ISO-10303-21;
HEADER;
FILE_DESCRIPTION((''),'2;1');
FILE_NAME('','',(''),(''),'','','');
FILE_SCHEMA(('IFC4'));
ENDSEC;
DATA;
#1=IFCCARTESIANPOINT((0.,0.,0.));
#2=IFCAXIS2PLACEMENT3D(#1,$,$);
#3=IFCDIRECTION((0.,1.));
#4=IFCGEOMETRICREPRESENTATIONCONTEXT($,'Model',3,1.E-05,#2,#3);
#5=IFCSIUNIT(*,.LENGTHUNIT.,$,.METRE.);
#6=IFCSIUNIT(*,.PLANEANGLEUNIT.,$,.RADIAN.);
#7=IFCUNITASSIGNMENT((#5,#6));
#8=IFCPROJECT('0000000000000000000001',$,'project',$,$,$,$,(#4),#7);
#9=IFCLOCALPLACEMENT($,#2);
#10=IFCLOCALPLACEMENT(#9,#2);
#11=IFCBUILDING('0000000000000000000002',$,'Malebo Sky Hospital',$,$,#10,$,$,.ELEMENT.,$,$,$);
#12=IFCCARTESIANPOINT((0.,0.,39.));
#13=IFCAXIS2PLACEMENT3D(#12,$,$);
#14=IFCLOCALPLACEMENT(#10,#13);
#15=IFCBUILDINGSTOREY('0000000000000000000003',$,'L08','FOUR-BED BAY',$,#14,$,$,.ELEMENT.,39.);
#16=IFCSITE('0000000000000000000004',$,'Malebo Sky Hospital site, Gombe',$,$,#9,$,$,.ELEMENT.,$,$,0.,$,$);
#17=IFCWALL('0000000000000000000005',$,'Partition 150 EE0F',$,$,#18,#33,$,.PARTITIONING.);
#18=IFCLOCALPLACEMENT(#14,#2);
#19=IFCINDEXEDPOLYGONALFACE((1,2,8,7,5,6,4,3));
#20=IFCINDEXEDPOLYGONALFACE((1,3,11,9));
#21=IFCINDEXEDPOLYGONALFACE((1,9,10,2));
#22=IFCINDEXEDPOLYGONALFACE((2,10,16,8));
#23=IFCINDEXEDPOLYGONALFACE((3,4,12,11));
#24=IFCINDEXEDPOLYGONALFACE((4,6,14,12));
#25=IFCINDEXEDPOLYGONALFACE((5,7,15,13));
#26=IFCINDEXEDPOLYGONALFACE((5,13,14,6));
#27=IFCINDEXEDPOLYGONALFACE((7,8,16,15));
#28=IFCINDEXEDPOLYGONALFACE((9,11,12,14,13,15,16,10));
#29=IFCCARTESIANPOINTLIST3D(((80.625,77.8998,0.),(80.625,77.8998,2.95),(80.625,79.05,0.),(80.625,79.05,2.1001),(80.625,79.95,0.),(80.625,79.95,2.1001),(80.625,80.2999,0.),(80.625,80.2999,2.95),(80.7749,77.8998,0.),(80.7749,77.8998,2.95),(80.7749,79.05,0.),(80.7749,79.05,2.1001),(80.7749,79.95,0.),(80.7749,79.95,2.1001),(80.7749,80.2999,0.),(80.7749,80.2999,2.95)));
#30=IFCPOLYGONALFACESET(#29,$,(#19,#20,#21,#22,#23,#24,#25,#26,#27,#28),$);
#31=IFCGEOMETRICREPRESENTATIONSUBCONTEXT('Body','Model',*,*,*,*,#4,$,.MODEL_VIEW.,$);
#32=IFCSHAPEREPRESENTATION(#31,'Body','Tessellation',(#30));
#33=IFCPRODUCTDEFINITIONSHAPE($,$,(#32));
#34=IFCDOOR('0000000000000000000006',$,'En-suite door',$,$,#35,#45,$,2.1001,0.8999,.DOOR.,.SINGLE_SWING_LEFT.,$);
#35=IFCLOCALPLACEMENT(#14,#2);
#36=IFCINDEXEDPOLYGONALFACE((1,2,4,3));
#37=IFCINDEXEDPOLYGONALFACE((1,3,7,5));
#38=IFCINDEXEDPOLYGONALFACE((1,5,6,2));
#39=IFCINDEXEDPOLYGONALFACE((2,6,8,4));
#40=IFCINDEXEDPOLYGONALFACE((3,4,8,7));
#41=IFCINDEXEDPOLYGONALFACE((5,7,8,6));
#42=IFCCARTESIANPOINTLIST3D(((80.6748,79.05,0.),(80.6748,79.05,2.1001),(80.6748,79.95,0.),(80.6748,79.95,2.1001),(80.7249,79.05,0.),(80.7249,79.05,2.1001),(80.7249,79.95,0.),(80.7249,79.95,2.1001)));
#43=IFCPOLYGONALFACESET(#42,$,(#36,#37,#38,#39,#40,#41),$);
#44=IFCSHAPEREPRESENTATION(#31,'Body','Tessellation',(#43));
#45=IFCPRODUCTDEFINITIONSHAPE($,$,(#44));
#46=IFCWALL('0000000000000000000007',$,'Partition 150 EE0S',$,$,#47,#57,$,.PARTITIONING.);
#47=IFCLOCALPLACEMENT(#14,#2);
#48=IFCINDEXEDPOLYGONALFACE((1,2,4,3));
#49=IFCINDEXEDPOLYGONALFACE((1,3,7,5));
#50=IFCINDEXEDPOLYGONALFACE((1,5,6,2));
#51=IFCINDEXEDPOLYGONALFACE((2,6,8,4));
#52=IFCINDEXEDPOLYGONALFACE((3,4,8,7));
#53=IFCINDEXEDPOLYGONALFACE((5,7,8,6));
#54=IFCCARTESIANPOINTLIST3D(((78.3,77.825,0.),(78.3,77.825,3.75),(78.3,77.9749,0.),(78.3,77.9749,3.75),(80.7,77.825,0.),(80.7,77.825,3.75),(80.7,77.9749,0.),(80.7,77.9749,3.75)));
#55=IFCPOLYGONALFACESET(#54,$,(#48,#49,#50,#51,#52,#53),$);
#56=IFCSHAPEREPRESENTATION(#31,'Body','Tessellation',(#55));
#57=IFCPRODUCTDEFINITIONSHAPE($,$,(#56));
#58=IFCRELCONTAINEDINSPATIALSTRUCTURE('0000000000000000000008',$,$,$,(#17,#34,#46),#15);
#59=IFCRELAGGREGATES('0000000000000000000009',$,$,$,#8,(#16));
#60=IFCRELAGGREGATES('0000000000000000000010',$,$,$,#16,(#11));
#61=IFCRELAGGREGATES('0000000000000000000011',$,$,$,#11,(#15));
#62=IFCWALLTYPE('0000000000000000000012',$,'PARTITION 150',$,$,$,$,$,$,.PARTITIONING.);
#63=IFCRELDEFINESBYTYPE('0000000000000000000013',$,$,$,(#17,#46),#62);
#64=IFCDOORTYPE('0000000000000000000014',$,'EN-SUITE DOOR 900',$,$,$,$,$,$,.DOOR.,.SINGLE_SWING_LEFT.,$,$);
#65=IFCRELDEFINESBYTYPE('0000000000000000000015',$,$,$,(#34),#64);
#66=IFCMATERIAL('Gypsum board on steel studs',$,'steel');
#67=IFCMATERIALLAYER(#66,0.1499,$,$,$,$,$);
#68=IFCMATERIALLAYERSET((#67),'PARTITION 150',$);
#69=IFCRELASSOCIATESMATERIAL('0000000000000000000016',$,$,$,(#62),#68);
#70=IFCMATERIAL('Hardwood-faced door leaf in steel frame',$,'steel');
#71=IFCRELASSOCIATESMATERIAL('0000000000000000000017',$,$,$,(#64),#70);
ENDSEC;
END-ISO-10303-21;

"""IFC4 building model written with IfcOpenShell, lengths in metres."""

from ifc_helpers import new_model, si_unit, direction, frame, frame_2d, origin, place, context, subcontext, project, spatial, rectangle, extrude, material, layer, layer_set, type_object, element, fill, save


model = new_model("IFC4")

# Units and contexts
model_context = context("Model", 3, precision=1e-05, world=origin(), true_north=direction((0.0, 1.0)))
body_context = subcontext(model_context, "Body", "Model", "MODEL_VIEW")
ifc_project = project(units=[si_unit("LENGTHUNIT", "METRE"), si_unit("PLANEANGLEUNIT", "RADIAN")], contexts=[model_context])

# Site, building, storey
site_placement = place(None, origin())
site = spatial("IfcSite", under=ifc_project, at=site_placement, Name="Malebo Sky Hospital site, Gombe", CompositionType="ELEMENT", RefElevation=0.0)
building_placement = place(site_placement, origin())
building = spatial("IfcBuilding", under=site, at=building_placement, Name="Malebo Sky Hospital", CompositionType="ELEMENT")
storey_placement = place(building_placement, frame((0.0, 0.0, 39.0)))
storey = spatial("IfcBuildingStorey", under=building, at=storey_placement, Name="L08", Description="FOUR-BED BAY", CompositionType="ELEMENT", Elevation=39.0)

# Shared definitions
ifc_material_1 = material(Name="Gypsum board on steel studs", Category="steel")
ifc_material_2 = material(Name="Hardwood-faced door leaf in steel frame", Category="steel")

# Shared definitions
ifc_layer_1 = layer(ifc_material_1, 0.1499)
ifc_layer_set_1 = layer_set([ifc_layer_1], Name="PARTITION 150")
wall_type_1 = type_object("IfcWallType", Name="PARTITION 150", PredefinedType="PARTITIONING", material=ifc_layer_set_1)

# Wall, opening, door
wall_1_placement = place(storey_placement, frame((80.7, 80.3, 0.0), z_axis=(0.0, 0.0, 1.0), x_axis=(0.0, -1.0, 0.0)))
wall_1 = element("IfcWall", 1, at=wall_1_placement, inside=storey, type_object=wall_type_1, Name="Partition 150 EE0F", PredefinedType="PARTITIONING", context=body_context, shape_type="SweptSolid", body=[
    extrude(rectangle(XDim=2.4001, YDim=0.1499, at=frame_2d((1.2002, 0.0))), origin(), (0.0, 0.0, 1.0), 2.95),
])
opening_1_placement = place(wall_1_placement, frame((0.3501, 0.0, 0.0)))
opening_1 = element("IfcOpeningElement", 2, at=opening_1_placement, cuts=wall_1, PredefinedType="OPENING", context=body_context, shape_type="SweptSolid", body=[
    extrude(rectangle(XDim=0.8999, YDim=2.1001, at=frame_2d((0.45, 1.05))), frame((0.0, 0.085, 0.0), z_axis=(0.0, -1.0, 0.0), x_axis=(1.0, 0.0, 0.0)), (0.0, 0.0, 1.0), 0.1699),
])
door_type_1 = type_object("IfcDoorType", Name="EN-SUITE DOOR 900", OperationType="SINGLE_SWING_LEFT", PredefinedType="DOOR", material=ifc_material_2)
door_1_placement = place(opening_1_placement, origin())
door_1 = element("IfcDoor", 3, at=door_1_placement, inside=storey, type_object=door_type_1, Name="En-suite door", OperationType="SINGLE_SWING_LEFT", OverallHeight=2.1001, OverallWidth=0.8999, PredefinedType="DOOR", context=body_context, shape_type="SweptSolid", body=[
    extrude(rectangle(XDim=0.8999, YDim=2.1001, at=frame_2d((0.45, 1.05))), frame((0.0, 0.0249, 0.0), z_axis=(0.0, -1.0, 0.0), x_axis=(1.0, 0.0, 0.0)), (0.0, 0.0, 1.0), 0.05),
])
fill(opening_1, door_1)

# Wall
wall_2_placement = place(storey_placement, frame((78.3, 77.8999, 0.0), z_axis=(0.0, 0.0, 1.0), x_axis=(1.0, 0.0, 0.0)))
element("IfcWall", 4, at=wall_2_placement, inside=storey, type_object=wall_type_1, Name="Partition 150 EE0S", PredefinedType="PARTITIONING", context=body_context, shape_type="SweptSolid", body=[
    extrude(rectangle(XDim=2.3999, YDim=0.1499, at=frame_2d((1.2, 0.0))), origin(), (0.0, 0.0, 1.0), 3.75),
])

save(model, "model.ifc")
